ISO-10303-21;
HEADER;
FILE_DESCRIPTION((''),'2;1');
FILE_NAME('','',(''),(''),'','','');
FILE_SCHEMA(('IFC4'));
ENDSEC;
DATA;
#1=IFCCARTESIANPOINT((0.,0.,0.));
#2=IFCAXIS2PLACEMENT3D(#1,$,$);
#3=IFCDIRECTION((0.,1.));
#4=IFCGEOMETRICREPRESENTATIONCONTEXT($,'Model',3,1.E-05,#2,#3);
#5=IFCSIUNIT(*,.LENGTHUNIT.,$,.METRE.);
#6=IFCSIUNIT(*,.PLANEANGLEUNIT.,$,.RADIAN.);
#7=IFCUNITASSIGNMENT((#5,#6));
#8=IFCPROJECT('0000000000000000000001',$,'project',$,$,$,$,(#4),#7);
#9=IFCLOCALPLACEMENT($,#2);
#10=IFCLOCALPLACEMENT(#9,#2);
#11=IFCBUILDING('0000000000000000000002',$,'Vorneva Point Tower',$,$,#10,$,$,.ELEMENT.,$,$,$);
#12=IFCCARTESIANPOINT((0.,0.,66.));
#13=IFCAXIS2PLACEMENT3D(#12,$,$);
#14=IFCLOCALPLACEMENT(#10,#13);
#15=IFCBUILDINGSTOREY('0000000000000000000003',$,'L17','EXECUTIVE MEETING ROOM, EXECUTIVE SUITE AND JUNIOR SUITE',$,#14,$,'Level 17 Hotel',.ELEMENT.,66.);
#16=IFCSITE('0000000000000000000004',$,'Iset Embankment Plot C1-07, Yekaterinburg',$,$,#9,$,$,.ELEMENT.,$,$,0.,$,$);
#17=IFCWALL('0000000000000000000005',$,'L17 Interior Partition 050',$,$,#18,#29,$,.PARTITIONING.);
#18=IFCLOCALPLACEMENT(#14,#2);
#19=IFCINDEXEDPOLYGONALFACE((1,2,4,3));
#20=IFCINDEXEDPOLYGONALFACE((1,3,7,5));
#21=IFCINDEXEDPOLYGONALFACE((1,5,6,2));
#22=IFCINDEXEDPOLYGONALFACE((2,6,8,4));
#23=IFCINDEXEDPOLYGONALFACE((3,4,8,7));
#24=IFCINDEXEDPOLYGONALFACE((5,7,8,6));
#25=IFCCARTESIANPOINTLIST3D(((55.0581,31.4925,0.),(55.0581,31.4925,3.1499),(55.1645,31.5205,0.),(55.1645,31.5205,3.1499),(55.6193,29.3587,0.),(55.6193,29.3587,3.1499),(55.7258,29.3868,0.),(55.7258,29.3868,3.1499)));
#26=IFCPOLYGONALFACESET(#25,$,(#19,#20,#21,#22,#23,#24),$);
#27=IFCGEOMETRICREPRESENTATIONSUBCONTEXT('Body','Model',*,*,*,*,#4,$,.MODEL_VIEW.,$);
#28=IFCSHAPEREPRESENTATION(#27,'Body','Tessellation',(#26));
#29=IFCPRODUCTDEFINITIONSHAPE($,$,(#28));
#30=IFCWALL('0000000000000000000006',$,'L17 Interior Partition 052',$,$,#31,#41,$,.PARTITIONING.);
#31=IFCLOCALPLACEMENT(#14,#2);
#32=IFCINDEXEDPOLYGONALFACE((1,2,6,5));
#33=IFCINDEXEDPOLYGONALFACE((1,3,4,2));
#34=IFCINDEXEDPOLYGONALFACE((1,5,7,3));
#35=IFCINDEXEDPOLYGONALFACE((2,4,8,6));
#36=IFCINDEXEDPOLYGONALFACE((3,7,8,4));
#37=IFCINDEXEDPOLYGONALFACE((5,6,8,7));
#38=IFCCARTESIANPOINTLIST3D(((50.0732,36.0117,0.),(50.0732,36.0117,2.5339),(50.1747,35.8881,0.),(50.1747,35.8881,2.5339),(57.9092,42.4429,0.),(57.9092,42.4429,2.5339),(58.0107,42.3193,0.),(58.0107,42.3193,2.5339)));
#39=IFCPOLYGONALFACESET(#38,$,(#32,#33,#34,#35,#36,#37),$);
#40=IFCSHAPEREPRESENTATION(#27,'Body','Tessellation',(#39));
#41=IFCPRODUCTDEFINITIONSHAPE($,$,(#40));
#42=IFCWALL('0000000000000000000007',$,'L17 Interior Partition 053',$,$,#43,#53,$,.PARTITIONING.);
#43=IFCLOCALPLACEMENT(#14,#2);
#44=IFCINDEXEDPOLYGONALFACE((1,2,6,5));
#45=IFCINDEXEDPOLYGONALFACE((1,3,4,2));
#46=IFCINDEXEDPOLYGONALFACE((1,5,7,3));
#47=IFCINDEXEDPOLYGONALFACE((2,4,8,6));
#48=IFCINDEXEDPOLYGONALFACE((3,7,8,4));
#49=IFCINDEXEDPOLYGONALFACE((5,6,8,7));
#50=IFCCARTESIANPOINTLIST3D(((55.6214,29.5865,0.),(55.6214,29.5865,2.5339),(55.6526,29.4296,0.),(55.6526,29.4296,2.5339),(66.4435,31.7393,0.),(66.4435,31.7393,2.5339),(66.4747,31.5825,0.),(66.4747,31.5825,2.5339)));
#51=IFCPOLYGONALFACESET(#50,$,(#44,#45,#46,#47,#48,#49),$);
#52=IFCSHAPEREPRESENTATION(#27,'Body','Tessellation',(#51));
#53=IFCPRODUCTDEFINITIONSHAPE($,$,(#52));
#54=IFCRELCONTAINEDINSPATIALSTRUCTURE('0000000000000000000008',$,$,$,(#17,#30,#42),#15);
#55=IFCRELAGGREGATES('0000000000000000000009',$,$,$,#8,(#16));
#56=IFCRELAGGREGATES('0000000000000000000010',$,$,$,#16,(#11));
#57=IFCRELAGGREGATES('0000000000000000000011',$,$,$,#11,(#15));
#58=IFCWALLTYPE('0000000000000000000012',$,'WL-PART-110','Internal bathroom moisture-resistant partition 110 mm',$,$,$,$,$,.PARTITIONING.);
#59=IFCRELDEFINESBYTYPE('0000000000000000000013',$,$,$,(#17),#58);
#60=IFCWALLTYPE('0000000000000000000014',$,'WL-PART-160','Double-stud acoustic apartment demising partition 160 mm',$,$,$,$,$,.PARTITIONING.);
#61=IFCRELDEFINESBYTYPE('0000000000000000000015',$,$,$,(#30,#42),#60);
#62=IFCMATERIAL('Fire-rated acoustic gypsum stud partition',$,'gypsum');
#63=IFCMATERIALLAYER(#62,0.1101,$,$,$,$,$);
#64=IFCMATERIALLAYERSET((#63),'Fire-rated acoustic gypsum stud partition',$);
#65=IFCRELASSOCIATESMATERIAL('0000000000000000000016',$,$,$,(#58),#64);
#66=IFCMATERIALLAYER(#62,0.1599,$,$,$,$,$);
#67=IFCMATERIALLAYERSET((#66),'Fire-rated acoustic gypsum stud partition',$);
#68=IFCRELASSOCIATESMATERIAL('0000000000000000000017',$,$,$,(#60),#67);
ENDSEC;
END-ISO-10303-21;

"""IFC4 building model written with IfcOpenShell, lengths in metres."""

from ifc_helpers import new_model, si_unit, direction, frame, frame_2d, origin, place, context, subcontext, project, spatial, rectangle, extrude, material, layer, layer_set, type_object, element, save


model = new_model("IFC4")

# Units and contexts
model_context = context("Model", 3, precision=1e-05, world=origin(), true_north=direction((0.0, 1.0)))
body_context = subcontext(model_context, "Body", "Model", "MODEL_VIEW")
ifc_project = project(units=[si_unit("LENGTHUNIT", "METRE"), si_unit("PLANEANGLEUNIT", "RADIAN")], contexts=[model_context])

# Site, building, storey
site_placement = place(None, origin())
site = spatial("IfcSite", under=ifc_project, at=site_placement, Name="Iset Embankment Plot C1-07, Yekaterinburg", CompositionType="ELEMENT", RefElevation=0.0)
building_placement = place(site_placement, origin())
building = spatial("IfcBuilding", under=site, at=building_placement, Name="Vorneva Point Tower", CompositionType="ELEMENT")
storey_placement = place(building_placement, frame((0.0, 0.0, 66.0)))
storey = spatial("IfcBuildingStorey", under=building, at=storey_placement, Name="L17", Description="EXECUTIVE MEETING ROOM, EXECUTIVE SUITE AND JUNIOR SUITE", LongName="Level 17 Hotel", CompositionType="ELEMENT", Elevation=66.0)

# Walls
ifc_material_1 = material(Name="Fire-rated acoustic gypsum stud partition", Category="gypsum")
ifc_layer_1 = layer(ifc_material_1, 0.1101)
ifc_layer_set_1 = layer_set([ifc_layer_1], Name="Fire-rated acoustic gypsum stud partition")
wall_type_1 = type_object("IfcWallType", Name="WL-PART-110", Description="Internal bathroom moisture-resistant partition 110 mm", PredefinedType="PARTITIONING", material=ifc_layer_set_1)
wall_1_placement = place(storey_placement, frame((55.1113, 31.5063, 0.0), z_axis=(0.0, 0.0, 1.0), x_axis=(0.25439, -0.967102, 0.0)))
element("IfcWall", 1, at=wall_1_placement, inside=storey, type_object=wall_type_1, Name="L17 Interior Partition 050", PredefinedType="PARTITIONING", context=body_context, shape_type="SweptSolid", body=[
    extrude(rectangle(XDim=2.2063, YDim=0.1101, at=frame_2d((1.103, 0.0))), origin(), (0.0, 0.0, 1.0), 3.1499),
])
ifc_layer_2 = layer(ifc_material_1, 0.1599)
ifc_layer_set_2 = layer_set([ifc_layer_2], Name="Fire-rated acoustic gypsum stud partition")
wall_type_2 = type_object("IfcWallType", Name="WL-PART-160", Description="Double-stud acoustic apartment demising partition 160 mm", PredefinedType="PARTITIONING", material=ifc_layer_set_2)
wall_2_placement = place(storey_placement, frame((57.96, 42.3811, 0.0), z_axis=(0.0, 0.0, 1.0), x_axis=(-0.772993, -0.634415, 0.0)))
element("IfcWall", 2, at=wall_2_placement, inside=storey, type_object=wall_type_2, Name="L17 Interior Partition 052", PredefinedType="PARTITIONING", context=body_context, shape_type="SweptSolid", body=[
    extrude(rectangle(XDim=10.1372, YDim=0.1599, at=frame_2d((5.0686, 0.0))), origin(), (0.0, 0.0, 1.0), 2.5339),
])
wall_3_placement = place(storey_placement, frame((55.637, 29.5081, 0.0), z_axis=(0.0, 0.0, 1.0), x_axis=(0.980782, 0.195108, 0.0)))
element("IfcWall", 3, at=wall_3_placement, inside=storey, type_object=wall_type_2, Name="L17 Interior Partition 053", PredefinedType="PARTITIONING", context=body_context, shape_type="SweptSolid", body=[
    extrude(rectangle(XDim=11.0342, YDim=0.1599, at=frame_2d((5.5171, 0.0))), origin(), (0.0, 0.0, 1.0), 2.5339),
])

save(model, "model.ifc")
